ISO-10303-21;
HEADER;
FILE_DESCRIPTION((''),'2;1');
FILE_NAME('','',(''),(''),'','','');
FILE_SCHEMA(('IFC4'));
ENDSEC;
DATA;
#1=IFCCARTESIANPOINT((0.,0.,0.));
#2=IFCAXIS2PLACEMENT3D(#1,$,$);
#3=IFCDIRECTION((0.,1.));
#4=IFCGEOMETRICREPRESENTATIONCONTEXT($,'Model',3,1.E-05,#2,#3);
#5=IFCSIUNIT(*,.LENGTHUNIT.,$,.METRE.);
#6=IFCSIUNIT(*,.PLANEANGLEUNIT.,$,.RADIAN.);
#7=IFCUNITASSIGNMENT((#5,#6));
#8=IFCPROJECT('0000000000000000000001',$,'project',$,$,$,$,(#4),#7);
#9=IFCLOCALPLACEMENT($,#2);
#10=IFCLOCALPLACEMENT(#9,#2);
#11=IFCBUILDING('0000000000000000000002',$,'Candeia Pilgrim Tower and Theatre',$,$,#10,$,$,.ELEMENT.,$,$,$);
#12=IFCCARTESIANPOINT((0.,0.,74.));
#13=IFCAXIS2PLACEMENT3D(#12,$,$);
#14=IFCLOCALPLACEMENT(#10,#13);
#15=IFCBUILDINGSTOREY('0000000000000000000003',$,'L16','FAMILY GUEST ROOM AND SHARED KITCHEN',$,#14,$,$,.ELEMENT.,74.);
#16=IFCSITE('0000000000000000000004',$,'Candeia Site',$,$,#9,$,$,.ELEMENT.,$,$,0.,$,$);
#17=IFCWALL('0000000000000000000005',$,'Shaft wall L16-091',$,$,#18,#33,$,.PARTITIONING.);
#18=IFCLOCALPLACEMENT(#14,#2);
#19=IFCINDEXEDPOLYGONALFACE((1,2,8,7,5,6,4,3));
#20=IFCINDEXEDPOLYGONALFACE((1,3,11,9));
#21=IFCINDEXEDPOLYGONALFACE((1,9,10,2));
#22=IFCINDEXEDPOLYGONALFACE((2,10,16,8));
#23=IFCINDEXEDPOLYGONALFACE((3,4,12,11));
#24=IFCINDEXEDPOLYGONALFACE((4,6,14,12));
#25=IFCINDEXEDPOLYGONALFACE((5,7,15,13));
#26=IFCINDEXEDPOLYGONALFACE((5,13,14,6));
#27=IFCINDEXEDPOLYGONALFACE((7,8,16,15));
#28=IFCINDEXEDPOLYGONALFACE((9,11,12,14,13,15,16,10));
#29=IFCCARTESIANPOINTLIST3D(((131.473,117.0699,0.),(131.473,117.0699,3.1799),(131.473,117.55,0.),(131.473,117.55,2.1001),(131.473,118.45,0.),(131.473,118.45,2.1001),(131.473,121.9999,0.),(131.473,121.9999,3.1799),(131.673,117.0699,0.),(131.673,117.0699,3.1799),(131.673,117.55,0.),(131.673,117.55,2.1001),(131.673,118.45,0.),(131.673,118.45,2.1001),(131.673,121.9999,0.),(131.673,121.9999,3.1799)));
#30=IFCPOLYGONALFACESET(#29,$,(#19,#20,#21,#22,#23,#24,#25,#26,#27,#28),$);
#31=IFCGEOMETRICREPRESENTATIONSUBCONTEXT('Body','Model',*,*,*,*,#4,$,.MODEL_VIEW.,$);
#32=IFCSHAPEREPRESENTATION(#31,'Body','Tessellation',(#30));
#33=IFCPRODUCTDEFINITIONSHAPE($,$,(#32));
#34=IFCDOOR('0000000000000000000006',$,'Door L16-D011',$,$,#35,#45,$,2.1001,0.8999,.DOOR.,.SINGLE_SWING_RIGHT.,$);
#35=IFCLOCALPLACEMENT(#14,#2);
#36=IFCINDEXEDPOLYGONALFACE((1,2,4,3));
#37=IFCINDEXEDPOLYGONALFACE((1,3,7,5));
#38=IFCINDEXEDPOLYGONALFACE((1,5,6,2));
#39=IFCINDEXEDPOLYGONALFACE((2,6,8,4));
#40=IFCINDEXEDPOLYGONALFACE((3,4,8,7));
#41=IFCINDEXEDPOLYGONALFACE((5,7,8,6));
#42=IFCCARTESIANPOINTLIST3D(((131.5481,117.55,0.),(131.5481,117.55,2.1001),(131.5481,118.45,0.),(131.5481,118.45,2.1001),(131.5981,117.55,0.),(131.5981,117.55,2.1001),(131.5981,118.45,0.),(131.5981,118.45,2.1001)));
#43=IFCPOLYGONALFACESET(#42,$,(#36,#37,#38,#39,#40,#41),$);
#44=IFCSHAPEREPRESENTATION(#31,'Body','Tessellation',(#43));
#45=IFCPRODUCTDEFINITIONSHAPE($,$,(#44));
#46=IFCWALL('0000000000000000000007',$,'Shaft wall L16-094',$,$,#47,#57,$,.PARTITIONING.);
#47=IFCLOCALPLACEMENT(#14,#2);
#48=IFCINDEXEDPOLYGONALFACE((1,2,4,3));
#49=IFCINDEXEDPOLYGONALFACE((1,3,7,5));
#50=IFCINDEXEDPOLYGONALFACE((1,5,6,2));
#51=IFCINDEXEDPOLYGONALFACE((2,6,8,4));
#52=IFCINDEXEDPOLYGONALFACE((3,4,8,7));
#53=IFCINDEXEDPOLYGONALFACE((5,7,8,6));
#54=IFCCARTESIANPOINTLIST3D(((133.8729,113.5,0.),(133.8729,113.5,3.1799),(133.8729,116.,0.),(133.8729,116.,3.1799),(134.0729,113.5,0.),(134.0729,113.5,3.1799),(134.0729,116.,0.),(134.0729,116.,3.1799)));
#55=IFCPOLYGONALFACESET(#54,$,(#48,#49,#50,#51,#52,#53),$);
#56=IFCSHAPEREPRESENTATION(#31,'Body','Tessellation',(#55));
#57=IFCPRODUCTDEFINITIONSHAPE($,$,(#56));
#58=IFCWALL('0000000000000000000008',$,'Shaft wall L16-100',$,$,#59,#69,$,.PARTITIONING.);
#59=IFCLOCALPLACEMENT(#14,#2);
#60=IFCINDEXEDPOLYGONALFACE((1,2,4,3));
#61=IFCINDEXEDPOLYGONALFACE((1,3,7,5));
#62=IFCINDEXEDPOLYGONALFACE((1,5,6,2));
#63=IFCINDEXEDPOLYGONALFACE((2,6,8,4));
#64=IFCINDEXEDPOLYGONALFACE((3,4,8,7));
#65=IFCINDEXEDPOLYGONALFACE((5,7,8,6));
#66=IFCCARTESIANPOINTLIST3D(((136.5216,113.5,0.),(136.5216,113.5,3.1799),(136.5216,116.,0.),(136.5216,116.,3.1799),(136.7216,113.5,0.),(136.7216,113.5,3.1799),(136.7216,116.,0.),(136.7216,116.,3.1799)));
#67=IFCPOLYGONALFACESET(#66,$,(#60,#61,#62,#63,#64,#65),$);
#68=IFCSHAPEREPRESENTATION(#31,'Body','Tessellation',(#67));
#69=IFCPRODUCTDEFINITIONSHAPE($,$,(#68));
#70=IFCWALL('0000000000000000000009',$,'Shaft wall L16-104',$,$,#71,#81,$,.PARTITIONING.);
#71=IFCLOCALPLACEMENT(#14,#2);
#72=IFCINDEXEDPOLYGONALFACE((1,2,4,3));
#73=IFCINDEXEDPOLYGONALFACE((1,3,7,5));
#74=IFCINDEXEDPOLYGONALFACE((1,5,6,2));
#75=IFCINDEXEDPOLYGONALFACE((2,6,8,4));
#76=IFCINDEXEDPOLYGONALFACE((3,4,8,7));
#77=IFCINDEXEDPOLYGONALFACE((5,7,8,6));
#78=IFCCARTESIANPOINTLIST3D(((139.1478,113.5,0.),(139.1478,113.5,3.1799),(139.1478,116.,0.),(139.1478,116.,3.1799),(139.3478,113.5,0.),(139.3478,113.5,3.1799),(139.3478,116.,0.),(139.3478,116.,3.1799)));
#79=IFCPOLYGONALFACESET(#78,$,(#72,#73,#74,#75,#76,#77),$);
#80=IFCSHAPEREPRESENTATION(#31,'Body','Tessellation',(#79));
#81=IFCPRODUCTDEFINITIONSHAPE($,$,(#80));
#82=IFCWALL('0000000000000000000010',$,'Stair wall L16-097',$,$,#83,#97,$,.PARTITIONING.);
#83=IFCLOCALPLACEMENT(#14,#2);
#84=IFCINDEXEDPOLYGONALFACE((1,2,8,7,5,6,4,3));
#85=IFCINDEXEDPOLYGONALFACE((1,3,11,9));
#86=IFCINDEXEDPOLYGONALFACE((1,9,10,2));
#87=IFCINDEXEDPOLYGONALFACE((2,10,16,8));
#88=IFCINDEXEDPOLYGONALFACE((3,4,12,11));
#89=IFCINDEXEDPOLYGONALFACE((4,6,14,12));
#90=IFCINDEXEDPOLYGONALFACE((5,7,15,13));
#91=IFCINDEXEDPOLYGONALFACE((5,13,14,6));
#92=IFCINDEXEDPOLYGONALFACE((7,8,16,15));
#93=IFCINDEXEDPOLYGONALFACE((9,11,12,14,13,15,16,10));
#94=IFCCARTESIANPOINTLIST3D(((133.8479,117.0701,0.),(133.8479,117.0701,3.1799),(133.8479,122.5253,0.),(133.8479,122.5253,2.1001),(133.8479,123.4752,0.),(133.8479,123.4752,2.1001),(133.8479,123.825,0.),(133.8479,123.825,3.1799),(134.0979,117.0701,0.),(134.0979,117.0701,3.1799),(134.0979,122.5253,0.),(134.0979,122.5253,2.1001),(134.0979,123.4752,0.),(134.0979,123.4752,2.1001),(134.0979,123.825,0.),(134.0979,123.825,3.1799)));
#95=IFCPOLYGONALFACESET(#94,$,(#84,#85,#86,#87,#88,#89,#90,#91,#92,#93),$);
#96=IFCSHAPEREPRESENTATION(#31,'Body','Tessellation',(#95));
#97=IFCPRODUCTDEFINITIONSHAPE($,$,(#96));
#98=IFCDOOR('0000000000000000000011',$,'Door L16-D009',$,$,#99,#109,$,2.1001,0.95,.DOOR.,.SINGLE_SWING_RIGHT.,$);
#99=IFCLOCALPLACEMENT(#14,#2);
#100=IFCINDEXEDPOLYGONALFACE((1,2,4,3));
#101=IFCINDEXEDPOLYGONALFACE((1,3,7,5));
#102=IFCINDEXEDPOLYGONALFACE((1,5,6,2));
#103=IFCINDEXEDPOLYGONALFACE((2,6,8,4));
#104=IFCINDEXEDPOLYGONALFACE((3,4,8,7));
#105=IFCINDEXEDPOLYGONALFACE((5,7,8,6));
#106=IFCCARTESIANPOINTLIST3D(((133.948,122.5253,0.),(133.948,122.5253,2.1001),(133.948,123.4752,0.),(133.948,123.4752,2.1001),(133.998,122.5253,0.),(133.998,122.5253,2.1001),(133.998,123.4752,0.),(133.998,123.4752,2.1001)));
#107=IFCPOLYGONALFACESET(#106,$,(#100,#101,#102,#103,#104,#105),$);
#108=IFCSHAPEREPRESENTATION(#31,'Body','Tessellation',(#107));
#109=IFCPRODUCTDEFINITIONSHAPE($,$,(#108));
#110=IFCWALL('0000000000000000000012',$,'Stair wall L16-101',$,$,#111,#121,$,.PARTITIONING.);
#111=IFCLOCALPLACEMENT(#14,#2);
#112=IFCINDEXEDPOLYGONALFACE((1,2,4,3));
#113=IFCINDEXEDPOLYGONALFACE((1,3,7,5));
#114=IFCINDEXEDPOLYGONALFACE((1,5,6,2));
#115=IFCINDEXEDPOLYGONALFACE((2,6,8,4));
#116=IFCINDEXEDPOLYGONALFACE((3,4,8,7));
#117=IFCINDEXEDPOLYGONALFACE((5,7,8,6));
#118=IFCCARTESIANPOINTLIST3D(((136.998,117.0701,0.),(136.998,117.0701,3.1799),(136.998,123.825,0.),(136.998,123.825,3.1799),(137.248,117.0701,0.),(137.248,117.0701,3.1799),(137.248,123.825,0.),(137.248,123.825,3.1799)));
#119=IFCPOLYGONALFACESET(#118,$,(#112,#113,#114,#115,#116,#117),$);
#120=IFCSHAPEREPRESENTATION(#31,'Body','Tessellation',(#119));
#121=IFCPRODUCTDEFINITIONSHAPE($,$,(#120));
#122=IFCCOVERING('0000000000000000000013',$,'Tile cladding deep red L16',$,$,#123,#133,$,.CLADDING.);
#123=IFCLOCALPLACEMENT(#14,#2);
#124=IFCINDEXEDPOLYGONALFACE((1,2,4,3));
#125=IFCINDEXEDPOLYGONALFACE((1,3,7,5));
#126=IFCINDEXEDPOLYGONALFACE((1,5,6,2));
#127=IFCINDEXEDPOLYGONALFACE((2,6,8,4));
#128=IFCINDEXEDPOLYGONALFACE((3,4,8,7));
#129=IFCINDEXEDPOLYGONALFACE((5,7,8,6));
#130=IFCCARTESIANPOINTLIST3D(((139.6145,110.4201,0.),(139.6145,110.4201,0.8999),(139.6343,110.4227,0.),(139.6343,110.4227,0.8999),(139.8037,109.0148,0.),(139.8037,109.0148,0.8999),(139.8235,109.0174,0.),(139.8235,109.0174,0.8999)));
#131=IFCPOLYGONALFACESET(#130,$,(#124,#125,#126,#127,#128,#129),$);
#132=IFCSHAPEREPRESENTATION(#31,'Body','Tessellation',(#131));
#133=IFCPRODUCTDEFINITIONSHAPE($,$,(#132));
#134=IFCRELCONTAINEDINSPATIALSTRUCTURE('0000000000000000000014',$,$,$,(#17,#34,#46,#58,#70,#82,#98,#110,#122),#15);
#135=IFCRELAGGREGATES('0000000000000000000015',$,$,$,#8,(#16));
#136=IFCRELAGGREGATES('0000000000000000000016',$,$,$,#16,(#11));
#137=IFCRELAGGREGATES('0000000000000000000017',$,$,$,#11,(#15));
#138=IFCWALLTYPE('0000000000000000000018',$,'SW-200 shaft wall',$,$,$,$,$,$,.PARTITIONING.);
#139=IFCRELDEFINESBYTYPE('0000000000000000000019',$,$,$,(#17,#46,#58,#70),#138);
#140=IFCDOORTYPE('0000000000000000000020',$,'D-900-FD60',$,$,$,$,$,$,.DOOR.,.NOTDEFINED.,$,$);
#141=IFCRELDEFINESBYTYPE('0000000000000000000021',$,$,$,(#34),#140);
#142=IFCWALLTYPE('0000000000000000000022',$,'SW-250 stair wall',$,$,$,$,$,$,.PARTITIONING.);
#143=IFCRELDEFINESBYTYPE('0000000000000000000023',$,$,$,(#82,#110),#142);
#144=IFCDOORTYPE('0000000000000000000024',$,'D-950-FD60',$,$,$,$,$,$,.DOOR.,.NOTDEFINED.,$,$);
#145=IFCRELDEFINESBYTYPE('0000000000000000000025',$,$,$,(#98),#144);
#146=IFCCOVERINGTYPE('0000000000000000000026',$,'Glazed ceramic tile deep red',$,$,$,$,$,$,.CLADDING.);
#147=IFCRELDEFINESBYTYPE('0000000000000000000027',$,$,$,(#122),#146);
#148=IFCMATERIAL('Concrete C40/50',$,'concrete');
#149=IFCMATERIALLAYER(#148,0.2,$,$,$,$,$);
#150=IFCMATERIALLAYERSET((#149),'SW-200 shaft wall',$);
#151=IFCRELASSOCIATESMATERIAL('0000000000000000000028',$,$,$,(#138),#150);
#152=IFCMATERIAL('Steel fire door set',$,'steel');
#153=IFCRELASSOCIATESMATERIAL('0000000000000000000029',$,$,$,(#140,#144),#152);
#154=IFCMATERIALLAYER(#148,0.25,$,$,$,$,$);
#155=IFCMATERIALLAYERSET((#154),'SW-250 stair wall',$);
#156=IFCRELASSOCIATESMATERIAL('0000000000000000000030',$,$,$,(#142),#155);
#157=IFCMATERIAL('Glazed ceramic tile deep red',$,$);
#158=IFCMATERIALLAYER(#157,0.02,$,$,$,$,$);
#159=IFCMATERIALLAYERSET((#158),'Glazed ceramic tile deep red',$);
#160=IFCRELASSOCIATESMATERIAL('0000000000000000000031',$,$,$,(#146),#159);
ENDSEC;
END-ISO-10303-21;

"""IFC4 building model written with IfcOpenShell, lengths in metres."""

from ifc_helpers import new_model, si_unit, direction, frame, frame_2d, origin, origin_2d, place, context, subcontext, project, spatial, rectangle, extrude, material, layer, layer_set, type_object, element, fill, save


model = new_model("IFC4")

# Units and contexts
model_context = context("Model", 3, precision=1e-05, world=origin(), true_north=direction((0.0, 1.0)))
body_context = subcontext(model_context, "Body", "Model", "MODEL_VIEW")
ifc_project = project(units=[si_unit("LENGTHUNIT", "METRE"), si_unit("PLANEANGLEUNIT", "RADIAN")], contexts=[model_context])

# Site, building, storey
site_placement = place(None, origin())
site = spatial("IfcSite", under=ifc_project, at=site_placement, Name="Candeia Site", CompositionType="ELEMENT", RefElevation=0.0)
building_placement = place(site_placement, origin())
building = spatial("IfcBuilding", under=site, at=building_placement, Name="Candeia Pilgrim Tower and Theatre", CompositionType="ELEMENT")
storey_placement = place(building_placement, frame((0.0, 0.0, 74.0)))
storey = spatial("IfcBuildingStorey", under=building, at=storey_placement, Name="L16", Description="FAMILY GUEST ROOM AND SHARED KITCHEN", CompositionType="ELEMENT", Elevation=74.0)

# Shared definitions
ifc_material_1 = material(Name="Steel fire door set", Category="steel")

# Shared definitions
ifc_material_2 = material(Name="Concrete C40/50", Category="concrete")
ifc_layer_1 = layer(ifc_material_2, 0.2)
ifc_layer_set_1 = layer_set([ifc_layer_1], Name="SW-200 shaft wall")
wall_type_1 = type_object("IfcWallType", Name="SW-200 shaft wall", PredefinedType="PARTITIONING", material=ifc_layer_set_1)
door_type_1 = type_object("IfcDoorType", Name="D-900-FD60", OperationType="NOTDEFINED", PredefinedType="DOOR", material=ifc_material_1)

# Wall, opening, door
wall_1_placement = place(storey_placement, frame((131.573, 117.0701, 0.0), z_axis=(0.0, 0.0, 1.0), x_axis=(0.0, 1.0, 0.0)))
wall_1 = element("IfcWall", 1, at=wall_1_placement, inside=storey, type_object=wall_type_1, Name="Shaft wall L16-091", PredefinedType="PARTITIONING", context=body_context, shape_type="SweptSolid", body=[
    extrude(rectangle(XDim=4.9299, YDim=0.2, at=frame_2d((2.4648, 0.0))), origin(), (0.0, 0.0, 1.0), 3.1799),
])
opening_1_placement = place(wall_1_placement, frame((0.48, 0.0, 0.0)))
opening_1 = element("IfcOpeningElement", 2, at=opening_1_placement, cuts=wall_1, PredefinedType="OPENING", context=body_context, shape_type="SweptSolid", body=[
    extrude(rectangle(XDim=0.8999, YDim=2.1001, at=frame_2d((0.45, 1.05))), frame((0.0, 0.1099, 0.0), z_axis=(0.0, -1.0, 0.0), x_axis=(1.0, 0.0, 0.0)), (0.0, 0.0, 1.0), 0.22),
])
door_1_placement = place(opening_1_placement, origin())
door_1 = element("IfcDoor", 3, at=door_1_placement, inside=storey, type_object=door_type_1, Name="Door L16-D011", OperationType="SINGLE_SWING_RIGHT", OverallHeight=2.1001, OverallWidth=0.8999, PredefinedType="DOOR", context=body_context, shape_type="SweptSolid", body=[
    extrude(rectangle(XDim=0.8999, YDim=2.1001, at=frame_2d((0.45, 1.05))), frame((0.0, 0.0249, 0.0), z_axis=(0.0, -1.0, 0.0), x_axis=(1.0, 0.0, 0.0)), (0.0, 0.0, 1.0), 0.05),
])
fill(opening_1, door_1)

# Walls
for number, where, z_axis, x_axis, name in (
    (4, (133.9729, 113.5, 0.0), (0.0, 0.0, 1.0), (0.0, 1.0, 0.0), "Shaft wall L16-094"),
    (5, (136.6216, 113.5, 0.0), (0.0, 0.0, 1.0), (0.0, 1.0, 0.0), "Shaft wall L16-100"),
    (6, (139.2478, 113.5, 0.0), (0.0, 0.0, 1.0), (0.0, 1.0, 0.0), "Shaft wall L16-104"),
):
    element("IfcWall", number, at=place(storey_placement, frame(where, z_axis=z_axis, x_axis=x_axis)), inside=storey, type_object=wall_type_1, Name=name, PredefinedType="PARTITIONING", context=body_context, shape_type="SweptSolid", body=[
        extrude(rectangle(XDim=2.5, YDim=0.2, at=frame_2d((1.25, 0.0))), origin(), (0.0, 0.0, 1.0), 3.1799),
    ])

# Wall, opening, door
ifc_layer_2 = layer(ifc_material_2, 0.25)
ifc_layer_set_2 = layer_set([ifc_layer_2], Name="SW-250 stair wall")
wall_type_2 = type_object("IfcWallType", Name="SW-250 stair wall", PredefinedType="PARTITIONING", material=ifc_layer_set_2)
wall_2_placement = place(storey_placement, frame((133.9729, 117.0701, 0.0), z_axis=(0.0, 0.0, 1.0), x_axis=(0.0, 1.0, 0.0)))
wall_2 = element("IfcWall", 7, at=wall_2_placement, inside=storey, type_object=wall_type_2, Name="Stair wall L16-097", PredefinedType="PARTITIONING", context=body_context, shape_type="SweptSolid", body=[
    extrude(rectangle(XDim=6.7549, YDim=0.25, at=frame_2d((3.3774, 0.0))), origin(), (0.0, 0.0, 1.0), 3.1799),
])
opening_2_placement = place(wall_2_placement, frame((5.4551, 0.0, 0.0)))
opening_2 = element("IfcOpeningElement", 8, at=opening_2_placement, cuts=wall_2, PredefinedType="OPENING", context=body_context, shape_type="SweptSolid", body=[
    extrude(rectangle(XDim=0.95, YDim=2.1001, at=frame_2d((0.4751, 1.05))), frame((0.0, 0.135, 0.0), z_axis=(0.0, -1.0, 0.0), x_axis=(1.0, 0.0, 0.0)), (0.0, 0.0, 1.0), 0.27),
])
door_type_2 = type_object("IfcDoorType", Name="D-950-FD60", OperationType="NOTDEFINED", PredefinedType="DOOR", material=ifc_material_1)
door_2_placement = place(opening_2_placement, origin())
door_2 = element("IfcDoor", 9, at=door_2_placement, inside=storey, type_object=door_type_2, Name="Door L16-D009", OperationType="SINGLE_SWING_RIGHT", OverallHeight=2.1001, OverallWidth=0.95, PredefinedType="DOOR", context=body_context, shape_type="SweptSolid", body=[
    extrude(rectangle(XDim=0.95, YDim=2.1001, at=frame_2d((0.4751, 1.05))), frame((0.0, 0.0249, 0.0), z_axis=(0.0, -1.0, 0.0), x_axis=(1.0, 0.0, 0.0)), (0.0, 0.0, 1.0), 0.05),
])
fill(opening_2, door_2)

# Wall
wall_3_placement = place(storey_placement, frame((137.123, 117.0701, 0.0), z_axis=(0.0, 0.0, 1.0), x_axis=(0.0, 1.0, 0.0)))
element("IfcWall", 10, at=wall_3_placement, inside=storey, type_object=wall_type_2, Name="Stair wall L16-101", PredefinedType="PARTITIONING", context=body_context, shape_type="SweptSolid", body=[
    extrude(rectangle(XDim=6.7549, YDim=0.25, at=frame_2d((3.3774, 0.0))), origin(), (0.0, 0.0, 1.0), 3.1799),
])

# Covering
ifc_material_3 = material(Name="Glazed ceramic tile deep red")
ifc_layer_3 = layer(ifc_material_3, 0.02)
ifc_layer_set_3 = layer_set([ifc_layer_3], Name="Glazed ceramic tile deep red")
covering_type = type_object("IfcCoveringType", Name="Glazed ceramic tile deep red", PredefinedType="CLADDING", material=ifc_layer_set_3)
covering_placement = place(storey_placement, frame((139.719, 109.7188, 0.0), z_axis=(0.0, 0.0, 1.0), x_axis=(-0.133412, 0.991061, 0.0)))
element("IfcCovering", 11, at=covering_placement, inside=storey, type_object=covering_type, Name="Tile cladding deep red L16", PredefinedType="CLADDING", context=body_context, shape_type="SweptSolid", body=[
    extrude(rectangle(XDim=1.418, YDim=0.02, at=origin_2d()), origin(), (0.0, 0.0, 1.0), 0.8999),
])

save(model, "model.ifc")
